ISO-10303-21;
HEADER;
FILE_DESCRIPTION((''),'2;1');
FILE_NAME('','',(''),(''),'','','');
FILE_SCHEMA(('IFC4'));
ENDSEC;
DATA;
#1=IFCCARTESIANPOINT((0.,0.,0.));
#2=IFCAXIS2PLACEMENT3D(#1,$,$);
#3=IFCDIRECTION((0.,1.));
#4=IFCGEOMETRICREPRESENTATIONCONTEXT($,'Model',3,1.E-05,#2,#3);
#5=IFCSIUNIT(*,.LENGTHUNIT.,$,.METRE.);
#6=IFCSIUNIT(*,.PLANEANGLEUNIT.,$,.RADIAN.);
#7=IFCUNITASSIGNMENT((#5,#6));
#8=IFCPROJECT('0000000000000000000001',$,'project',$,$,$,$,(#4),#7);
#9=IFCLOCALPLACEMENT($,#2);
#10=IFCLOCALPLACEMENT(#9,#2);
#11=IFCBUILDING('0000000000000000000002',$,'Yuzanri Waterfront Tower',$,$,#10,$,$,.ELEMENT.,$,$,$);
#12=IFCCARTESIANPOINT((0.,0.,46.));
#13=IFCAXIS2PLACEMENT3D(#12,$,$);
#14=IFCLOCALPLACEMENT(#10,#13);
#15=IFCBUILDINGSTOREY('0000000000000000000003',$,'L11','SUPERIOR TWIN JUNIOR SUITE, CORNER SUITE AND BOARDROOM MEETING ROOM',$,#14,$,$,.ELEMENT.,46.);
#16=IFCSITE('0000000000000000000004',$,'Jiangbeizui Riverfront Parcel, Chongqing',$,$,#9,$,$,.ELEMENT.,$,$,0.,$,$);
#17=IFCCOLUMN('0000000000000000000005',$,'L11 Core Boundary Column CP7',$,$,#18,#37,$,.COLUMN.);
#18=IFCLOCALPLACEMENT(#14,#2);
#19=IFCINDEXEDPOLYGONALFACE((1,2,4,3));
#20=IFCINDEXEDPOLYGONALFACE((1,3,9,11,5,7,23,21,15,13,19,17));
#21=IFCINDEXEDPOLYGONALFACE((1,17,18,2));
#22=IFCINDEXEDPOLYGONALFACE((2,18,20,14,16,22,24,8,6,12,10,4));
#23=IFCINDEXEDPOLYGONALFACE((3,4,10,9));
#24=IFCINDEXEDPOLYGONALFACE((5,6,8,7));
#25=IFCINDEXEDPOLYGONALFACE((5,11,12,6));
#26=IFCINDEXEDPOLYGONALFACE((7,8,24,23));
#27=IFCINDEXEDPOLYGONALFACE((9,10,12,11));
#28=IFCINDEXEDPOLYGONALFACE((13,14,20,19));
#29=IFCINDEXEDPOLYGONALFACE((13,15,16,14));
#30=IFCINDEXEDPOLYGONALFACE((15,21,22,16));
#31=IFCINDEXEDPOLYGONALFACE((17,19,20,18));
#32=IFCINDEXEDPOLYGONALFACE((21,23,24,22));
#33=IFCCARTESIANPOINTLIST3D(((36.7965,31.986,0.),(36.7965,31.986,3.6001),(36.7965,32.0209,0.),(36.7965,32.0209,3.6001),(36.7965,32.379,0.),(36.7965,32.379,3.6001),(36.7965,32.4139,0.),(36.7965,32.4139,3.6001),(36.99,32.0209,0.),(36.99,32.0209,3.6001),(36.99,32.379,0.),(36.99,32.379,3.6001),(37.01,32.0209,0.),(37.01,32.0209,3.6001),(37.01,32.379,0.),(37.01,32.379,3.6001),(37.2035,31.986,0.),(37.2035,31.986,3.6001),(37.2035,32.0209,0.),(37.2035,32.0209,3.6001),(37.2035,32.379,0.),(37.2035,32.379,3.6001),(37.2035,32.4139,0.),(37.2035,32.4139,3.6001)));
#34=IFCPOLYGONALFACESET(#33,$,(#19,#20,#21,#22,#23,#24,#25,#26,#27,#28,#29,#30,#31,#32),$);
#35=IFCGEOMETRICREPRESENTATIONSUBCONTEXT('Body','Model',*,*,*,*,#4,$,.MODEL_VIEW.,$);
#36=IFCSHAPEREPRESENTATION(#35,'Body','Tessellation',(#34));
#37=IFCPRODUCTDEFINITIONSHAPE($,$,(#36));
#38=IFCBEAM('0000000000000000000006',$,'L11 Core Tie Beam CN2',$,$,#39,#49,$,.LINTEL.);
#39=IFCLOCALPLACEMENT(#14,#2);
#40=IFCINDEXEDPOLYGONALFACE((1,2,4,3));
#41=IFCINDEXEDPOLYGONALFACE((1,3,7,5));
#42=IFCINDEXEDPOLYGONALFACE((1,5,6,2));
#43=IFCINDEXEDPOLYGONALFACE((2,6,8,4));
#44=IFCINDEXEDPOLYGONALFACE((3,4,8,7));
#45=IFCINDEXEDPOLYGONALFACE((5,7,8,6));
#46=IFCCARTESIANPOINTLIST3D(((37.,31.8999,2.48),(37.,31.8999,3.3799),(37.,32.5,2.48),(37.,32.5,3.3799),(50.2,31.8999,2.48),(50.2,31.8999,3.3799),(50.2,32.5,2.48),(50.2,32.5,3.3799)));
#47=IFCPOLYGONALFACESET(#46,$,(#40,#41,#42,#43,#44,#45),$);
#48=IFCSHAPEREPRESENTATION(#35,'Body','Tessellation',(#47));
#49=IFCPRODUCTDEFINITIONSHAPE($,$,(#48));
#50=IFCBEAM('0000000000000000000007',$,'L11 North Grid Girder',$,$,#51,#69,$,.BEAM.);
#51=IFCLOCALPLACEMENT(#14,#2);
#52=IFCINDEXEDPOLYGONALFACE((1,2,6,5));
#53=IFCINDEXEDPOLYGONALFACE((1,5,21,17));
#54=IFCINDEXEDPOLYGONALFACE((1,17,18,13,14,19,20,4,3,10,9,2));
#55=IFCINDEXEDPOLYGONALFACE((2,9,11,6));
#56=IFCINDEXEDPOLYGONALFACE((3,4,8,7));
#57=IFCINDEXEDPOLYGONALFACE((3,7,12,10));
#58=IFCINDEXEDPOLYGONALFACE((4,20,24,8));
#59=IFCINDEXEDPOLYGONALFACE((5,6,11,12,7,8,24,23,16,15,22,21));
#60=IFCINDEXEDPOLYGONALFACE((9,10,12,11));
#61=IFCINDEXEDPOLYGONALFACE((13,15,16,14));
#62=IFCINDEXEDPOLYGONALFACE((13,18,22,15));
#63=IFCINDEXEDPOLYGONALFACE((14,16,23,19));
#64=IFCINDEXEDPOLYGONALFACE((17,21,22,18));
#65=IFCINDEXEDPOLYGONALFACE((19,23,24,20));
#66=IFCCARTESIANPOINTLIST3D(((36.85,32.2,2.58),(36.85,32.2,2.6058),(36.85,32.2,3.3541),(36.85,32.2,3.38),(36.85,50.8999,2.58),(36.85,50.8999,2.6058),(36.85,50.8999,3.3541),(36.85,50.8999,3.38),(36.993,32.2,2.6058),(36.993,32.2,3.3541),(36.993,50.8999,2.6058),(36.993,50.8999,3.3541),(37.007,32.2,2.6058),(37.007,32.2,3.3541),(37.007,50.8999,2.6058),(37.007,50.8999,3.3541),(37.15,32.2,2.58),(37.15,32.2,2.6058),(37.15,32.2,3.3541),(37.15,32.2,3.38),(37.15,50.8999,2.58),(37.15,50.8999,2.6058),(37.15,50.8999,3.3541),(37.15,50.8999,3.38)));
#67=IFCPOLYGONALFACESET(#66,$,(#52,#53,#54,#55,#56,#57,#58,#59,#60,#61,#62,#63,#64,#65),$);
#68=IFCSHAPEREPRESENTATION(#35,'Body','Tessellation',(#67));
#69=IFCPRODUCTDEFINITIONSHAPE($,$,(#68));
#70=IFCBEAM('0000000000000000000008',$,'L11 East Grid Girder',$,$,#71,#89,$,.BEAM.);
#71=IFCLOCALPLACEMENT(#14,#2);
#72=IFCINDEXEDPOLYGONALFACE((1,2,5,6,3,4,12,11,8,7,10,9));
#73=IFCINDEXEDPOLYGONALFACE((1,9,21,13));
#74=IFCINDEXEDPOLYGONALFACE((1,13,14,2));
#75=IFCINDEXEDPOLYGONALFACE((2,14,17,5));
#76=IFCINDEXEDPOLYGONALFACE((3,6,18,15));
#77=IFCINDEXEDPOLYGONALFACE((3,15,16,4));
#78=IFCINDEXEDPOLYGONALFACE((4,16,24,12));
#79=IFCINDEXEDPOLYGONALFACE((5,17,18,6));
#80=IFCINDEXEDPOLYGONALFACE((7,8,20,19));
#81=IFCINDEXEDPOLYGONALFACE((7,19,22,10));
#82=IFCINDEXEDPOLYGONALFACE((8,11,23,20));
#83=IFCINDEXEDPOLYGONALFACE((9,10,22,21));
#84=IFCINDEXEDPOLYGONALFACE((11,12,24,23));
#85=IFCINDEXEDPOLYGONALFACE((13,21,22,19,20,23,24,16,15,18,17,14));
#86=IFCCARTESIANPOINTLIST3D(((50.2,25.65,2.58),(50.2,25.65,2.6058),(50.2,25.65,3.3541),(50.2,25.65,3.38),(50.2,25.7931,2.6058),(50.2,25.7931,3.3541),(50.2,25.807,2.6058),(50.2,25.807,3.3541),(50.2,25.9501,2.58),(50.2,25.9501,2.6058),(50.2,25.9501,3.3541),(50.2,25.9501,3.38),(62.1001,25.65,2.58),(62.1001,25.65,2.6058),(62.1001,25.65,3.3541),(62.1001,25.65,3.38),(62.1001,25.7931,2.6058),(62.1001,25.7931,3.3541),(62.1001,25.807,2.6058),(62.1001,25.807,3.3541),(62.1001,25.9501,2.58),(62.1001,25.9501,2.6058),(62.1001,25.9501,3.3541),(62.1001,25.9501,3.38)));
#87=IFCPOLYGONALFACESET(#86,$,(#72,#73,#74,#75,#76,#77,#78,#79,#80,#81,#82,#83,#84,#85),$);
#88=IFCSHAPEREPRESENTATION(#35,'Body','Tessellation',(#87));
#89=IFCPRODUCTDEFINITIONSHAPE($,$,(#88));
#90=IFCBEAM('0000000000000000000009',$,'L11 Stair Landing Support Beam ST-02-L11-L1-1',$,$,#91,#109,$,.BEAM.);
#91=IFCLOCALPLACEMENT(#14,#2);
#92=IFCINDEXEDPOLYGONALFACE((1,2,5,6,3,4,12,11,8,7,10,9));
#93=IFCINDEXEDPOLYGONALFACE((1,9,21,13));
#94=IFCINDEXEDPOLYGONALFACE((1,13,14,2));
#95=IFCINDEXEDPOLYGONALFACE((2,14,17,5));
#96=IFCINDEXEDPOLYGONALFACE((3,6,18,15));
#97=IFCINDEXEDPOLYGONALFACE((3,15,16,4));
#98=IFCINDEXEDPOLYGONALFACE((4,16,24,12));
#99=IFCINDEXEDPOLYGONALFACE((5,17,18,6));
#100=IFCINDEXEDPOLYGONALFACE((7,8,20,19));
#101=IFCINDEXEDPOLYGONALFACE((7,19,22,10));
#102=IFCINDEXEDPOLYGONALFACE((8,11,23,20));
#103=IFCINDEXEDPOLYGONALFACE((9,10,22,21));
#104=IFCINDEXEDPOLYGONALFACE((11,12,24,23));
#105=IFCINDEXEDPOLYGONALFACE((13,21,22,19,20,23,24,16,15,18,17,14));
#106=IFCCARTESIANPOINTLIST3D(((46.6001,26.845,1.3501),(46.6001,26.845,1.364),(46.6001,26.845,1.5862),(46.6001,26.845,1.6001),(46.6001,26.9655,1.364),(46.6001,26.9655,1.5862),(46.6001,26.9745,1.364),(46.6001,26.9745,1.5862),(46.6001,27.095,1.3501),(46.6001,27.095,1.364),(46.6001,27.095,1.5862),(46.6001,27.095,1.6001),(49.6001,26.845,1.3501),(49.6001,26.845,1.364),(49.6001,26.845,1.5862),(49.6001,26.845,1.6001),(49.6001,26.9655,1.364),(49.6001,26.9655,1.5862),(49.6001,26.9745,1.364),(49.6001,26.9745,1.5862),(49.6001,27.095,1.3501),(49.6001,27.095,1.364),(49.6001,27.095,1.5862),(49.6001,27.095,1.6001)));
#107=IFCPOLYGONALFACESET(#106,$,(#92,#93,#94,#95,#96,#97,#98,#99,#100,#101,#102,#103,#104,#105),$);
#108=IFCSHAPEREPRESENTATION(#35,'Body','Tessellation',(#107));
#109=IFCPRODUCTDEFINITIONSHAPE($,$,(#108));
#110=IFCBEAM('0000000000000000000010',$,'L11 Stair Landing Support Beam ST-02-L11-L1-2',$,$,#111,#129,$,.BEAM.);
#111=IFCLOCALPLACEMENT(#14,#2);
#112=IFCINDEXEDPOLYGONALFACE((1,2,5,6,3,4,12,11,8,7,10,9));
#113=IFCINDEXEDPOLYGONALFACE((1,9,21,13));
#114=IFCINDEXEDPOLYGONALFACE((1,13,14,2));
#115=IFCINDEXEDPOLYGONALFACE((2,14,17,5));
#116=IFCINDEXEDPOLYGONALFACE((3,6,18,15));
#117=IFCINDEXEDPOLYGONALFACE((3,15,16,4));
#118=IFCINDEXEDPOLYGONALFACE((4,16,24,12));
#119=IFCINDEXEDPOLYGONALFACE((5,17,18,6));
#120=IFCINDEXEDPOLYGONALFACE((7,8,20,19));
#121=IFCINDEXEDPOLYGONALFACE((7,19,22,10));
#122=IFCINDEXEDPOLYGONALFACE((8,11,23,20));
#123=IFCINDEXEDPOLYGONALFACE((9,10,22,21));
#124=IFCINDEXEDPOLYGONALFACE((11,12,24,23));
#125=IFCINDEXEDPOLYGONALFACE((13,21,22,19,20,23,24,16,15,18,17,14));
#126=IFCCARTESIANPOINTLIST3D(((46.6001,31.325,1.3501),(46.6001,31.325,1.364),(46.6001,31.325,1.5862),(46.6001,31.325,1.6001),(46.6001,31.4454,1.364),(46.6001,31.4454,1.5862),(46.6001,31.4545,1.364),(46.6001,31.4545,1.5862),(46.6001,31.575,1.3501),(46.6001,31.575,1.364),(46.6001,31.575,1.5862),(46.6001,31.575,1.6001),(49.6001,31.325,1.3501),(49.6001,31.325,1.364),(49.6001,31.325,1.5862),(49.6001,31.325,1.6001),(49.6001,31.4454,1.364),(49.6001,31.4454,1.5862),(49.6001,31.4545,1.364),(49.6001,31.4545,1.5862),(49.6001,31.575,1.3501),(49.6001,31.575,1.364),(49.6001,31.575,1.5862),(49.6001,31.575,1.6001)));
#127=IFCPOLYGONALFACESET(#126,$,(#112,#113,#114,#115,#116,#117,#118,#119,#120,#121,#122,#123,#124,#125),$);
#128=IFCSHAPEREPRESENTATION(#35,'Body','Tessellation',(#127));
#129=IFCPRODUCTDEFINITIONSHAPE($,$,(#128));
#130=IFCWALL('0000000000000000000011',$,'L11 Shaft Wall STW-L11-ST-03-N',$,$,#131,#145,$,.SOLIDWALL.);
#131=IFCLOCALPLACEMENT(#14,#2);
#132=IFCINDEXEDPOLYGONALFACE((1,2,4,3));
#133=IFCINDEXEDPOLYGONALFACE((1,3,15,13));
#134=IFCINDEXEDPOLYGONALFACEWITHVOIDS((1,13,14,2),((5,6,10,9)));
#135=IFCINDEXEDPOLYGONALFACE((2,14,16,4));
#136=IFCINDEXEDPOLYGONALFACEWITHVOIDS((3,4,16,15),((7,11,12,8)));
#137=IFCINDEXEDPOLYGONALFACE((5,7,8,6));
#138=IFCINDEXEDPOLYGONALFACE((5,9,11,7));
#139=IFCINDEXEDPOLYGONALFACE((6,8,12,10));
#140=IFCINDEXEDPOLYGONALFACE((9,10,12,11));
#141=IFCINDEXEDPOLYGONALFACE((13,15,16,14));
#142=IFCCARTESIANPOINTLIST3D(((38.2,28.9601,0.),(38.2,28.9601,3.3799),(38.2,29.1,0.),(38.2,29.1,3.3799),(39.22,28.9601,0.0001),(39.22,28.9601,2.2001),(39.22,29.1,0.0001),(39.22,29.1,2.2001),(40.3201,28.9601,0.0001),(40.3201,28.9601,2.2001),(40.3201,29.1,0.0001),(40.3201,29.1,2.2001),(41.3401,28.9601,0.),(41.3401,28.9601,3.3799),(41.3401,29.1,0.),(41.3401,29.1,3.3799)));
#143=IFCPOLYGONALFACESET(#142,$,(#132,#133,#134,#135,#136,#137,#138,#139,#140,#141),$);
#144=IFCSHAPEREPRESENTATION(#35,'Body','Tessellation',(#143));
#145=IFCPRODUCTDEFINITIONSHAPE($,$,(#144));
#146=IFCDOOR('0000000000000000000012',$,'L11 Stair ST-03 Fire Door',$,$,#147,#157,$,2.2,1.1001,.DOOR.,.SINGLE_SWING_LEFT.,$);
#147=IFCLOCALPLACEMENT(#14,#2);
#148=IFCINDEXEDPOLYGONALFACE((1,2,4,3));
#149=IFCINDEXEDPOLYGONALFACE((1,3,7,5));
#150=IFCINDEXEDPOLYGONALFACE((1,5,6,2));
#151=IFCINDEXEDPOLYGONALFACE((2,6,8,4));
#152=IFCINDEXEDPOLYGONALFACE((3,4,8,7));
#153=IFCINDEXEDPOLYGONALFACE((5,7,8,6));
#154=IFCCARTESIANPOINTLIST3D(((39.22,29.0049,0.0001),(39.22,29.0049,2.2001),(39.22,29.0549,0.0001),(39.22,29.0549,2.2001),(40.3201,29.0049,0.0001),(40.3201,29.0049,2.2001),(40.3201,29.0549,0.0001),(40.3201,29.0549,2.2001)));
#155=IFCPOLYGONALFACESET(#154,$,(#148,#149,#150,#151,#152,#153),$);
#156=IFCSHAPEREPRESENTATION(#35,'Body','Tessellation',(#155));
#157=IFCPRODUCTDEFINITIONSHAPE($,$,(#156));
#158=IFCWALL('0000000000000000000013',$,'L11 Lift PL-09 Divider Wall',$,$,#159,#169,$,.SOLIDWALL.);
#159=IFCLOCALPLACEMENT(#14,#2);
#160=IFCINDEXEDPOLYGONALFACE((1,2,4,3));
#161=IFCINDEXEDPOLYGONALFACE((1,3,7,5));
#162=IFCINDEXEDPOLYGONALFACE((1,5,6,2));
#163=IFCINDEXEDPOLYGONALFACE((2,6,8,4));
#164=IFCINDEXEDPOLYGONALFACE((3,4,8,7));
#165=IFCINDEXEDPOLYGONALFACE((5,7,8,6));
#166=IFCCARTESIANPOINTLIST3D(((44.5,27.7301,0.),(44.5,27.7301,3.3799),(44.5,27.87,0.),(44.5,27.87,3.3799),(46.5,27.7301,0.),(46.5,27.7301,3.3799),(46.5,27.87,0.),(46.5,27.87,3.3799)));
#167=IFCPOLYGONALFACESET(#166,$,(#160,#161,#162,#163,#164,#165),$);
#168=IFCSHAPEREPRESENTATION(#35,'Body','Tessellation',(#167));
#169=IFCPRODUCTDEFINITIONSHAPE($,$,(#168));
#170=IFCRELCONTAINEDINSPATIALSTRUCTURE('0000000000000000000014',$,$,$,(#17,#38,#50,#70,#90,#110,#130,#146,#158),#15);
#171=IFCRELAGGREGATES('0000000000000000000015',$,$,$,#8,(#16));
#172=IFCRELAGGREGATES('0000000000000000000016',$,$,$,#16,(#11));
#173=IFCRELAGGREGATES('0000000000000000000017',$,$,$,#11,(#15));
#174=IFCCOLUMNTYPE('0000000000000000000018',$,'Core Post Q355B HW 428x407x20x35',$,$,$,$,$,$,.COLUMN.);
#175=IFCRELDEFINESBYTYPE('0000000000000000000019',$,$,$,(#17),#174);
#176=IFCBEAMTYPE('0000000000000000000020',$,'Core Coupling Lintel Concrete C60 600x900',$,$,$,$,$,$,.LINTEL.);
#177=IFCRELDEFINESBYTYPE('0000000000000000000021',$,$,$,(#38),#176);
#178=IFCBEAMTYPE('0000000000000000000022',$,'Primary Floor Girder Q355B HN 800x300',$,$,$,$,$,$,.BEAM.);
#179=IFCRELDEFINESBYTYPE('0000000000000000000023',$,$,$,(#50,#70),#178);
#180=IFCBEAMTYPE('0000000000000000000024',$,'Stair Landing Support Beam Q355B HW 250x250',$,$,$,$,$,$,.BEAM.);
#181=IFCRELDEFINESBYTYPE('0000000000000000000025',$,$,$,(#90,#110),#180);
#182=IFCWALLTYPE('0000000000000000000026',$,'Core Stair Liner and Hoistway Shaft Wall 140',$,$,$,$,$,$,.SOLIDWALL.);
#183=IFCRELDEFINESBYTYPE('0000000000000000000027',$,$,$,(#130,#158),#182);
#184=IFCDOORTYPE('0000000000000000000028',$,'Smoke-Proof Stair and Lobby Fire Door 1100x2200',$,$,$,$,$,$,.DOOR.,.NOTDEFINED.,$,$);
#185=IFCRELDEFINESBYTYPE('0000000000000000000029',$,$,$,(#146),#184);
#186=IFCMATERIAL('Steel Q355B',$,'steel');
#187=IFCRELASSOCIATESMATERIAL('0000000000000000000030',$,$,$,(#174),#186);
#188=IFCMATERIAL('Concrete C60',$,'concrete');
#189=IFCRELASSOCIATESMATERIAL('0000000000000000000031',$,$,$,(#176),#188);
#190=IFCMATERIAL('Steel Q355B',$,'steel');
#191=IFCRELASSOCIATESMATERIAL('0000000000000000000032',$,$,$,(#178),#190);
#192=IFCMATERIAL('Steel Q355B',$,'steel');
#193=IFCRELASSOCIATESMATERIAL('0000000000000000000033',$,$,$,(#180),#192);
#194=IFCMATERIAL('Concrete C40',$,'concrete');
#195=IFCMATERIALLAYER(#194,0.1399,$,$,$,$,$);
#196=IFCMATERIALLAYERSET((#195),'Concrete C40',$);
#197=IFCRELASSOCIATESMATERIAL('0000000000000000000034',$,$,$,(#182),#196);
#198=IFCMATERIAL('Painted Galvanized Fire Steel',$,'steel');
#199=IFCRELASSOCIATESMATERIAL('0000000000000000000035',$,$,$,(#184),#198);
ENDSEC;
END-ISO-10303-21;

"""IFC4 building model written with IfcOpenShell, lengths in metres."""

from ifc_helpers import new_model, si_unit, direction, frame, frame_2d, origin, origin_2d, place, context, subcontext, project, spatial, rectangle, i_section, extrude, source, transform, mapped, material, layer, layer_set, material_profile, profile_set, type_object, element, fill, save


model = new_model("IFC4")

# Units and contexts
model_context = context("Model", 3, precision=1e-05, world=origin(), true_north=direction((0.0, 1.0)))
body_context = subcontext(model_context, "Body", "Model", "MODEL_VIEW")
ifc_project = project(units=[si_unit("LENGTHUNIT", "METRE"), si_unit("PLANEANGLEUNIT", "RADIAN")], contexts=[model_context])

# Site, building, storey
site_placement = place(None, origin())
site = spatial("IfcSite", under=ifc_project, at=site_placement, Name="Jiangbeizui Riverfront Parcel, Chongqing", CompositionType="ELEMENT", RefElevation=0.0)
building_placement = place(site_placement, origin())
building = spatial("IfcBuilding", under=site, at=building_placement, Name="Yuzanri Waterfront Tower", CompositionType="ELEMENT")
storey_placement = place(building_placement, frame((0.0, 0.0, 46.0)))
storey = spatial("IfcBuildingStorey", under=building, at=storey_placement, Name="L11", Description="SUPERIOR TWIN JUNIOR SUITE, CORNER SUITE AND BOARDROOM MEETING ROOM", CompositionType="ELEMENT", Elevation=46.0)

# Column
ifc_material_1 = material(Name="Steel Q355B", Category="steel")
ifc_material_profile_1 = material_profile(ifc_material_1, i_section(OverallWidth=0.407, OverallDepth=0.428, WebThickness=0.02, FlangeThickness=0.0349, at=origin_2d()), Name="HW 428x407x20x35")
ifc_profile_set_1 = profile_set([ifc_material_profile_1], Name="Steel Q355B")
column_type = type_object("IfcColumnType", Name="Core Post Q355B HW 428x407x20x35", PredefinedType="COLUMN", material=ifc_profile_set_1)
shared_shape_1 = source(origin(), body_context, "Body", "SweptSolid", [
    extrude(i_section(OverallWidth=0.407, OverallDepth=0.428, WebThickness=0.02, FlangeThickness=0.0349, at=origin_2d()), origin(), (0.0, 0.0, 1.0), 3.6001),
])
column_placement = place(storey_placement, frame((37.0, 32.2, 0.0), z_axis=(0.0, 0.0, 1.0), x_axis=(1.0, 0.0, 0.0)))
element("IfcColumn", 1, at=column_placement, inside=storey, type_object=column_type, Name="L11 Core Boundary Column CP7", PredefinedType="COLUMN", context=body_context, shape_type="MappedRepresentation", body=[
    mapped(shared_shape_1, transform((0.0, 0.0, 0.0), scale=1.0)),
])

# Beams
ifc_material_2 = material(Name="Concrete C60", Category="concrete")
ifc_material_profile_2 = material_profile(ifc_material_2, rectangle(XDim=0.6001, YDim=0.8999, at=origin_2d()), Name="RC 600x900")
ifc_profile_set_2 = profile_set([ifc_material_profile_2], Name="Concrete C60")
beam_type_1 = type_object("IfcBeamType", Name="Core Coupling Lintel Concrete C60 600x900", PredefinedType="LINTEL", material=ifc_profile_set_2)
shared_shape_2 = source(origin(), body_context, "Body", "SweptSolid", [
    extrude(rectangle(XDim=0.6001, YDim=0.8999, at=origin_2d()), origin(), (0.0, 0.0, 1.0), 13.2),
])
beam_1_placement = place(storey_placement, frame((37.0, 32.2, 2.9299), z_axis=(1.0, 0.0, 0.0), x_axis=(0.0, 1.0, 0.0)))
element("IfcBeam", 2, at=beam_1_placement, inside=storey, type_object=beam_type_1, Name="L11 Core Tie Beam CN2", PredefinedType="LINTEL", context=body_context, shape_type="MappedRepresentation", body=[
    mapped(shared_shape_2, transform((0.0, 0.0, 0.0), scale=1.0)),
])
ifc_material_3 = material(Name="Steel Q355B", Category="steel")
ifc_material_profile_3 = material_profile(ifc_material_3, i_section(OverallWidth=0.3, OverallDepth=0.8, WebThickness=0.0139, FlangeThickness=0.0259, at=origin_2d()), Name="HN 800x300x14x26")
ifc_profile_set_3 = profile_set([ifc_material_profile_3], Name="Steel Q355B")
beam_type_2 = type_object("IfcBeamType", Name="Primary Floor Girder Q355B HN 800x300", PredefinedType="BEAM", material=ifc_profile_set_3)
shared_shape_3 = source(origin(), body_context, "Body", "SweptSolid", [
    extrude(i_section(OverallWidth=0.3, OverallDepth=0.8, WebThickness=0.0139, FlangeThickness=0.0259, at=origin_2d()), origin(), (0.0, 0.0, 1.0), 18.7),
])
beam_2_placement = place(storey_placement, frame((37.0, 32.2, 2.98), z_axis=(0.0, 1.0, 0.0), x_axis=(-1.0, 0.0, 0.0)))
element("IfcBeam", 3, at=beam_2_placement, inside=storey, type_object=beam_type_2, Name="L11 North Grid Girder", PredefinedType="BEAM", context=body_context, shape_type="MappedRepresentation", body=[
    mapped(shared_shape_3, transform((0.0, 0.0, 0.0), scale=1.0)),
])
shared_shape_4 = source(origin(), body_context, "Body", "SweptSolid", [
    extrude(i_section(OverallWidth=0.3, OverallDepth=0.8, WebThickness=0.0139, FlangeThickness=0.0259, at=origin_2d()), origin(), (0.0, 0.0, 1.0), 11.9001),
])
beam_3_placement = place(storey_placement, frame((50.2, 25.8, 2.98), z_axis=(1.0, 0.0, 0.0), x_axis=(0.0, 1.0, 0.0)))
element("IfcBeam", 4, at=beam_3_placement, inside=storey, type_object=beam_type_2, Name="L11 East Grid Girder", PredefinedType="BEAM", context=body_context, shape_type="MappedRepresentation", body=[
    mapped(shared_shape_4, transform((0.0, 0.0, 0.0), scale=1.0)),
])
ifc_material_4 = material(Name="Steel Q355B", Category="steel")
ifc_material_profile_4 = material_profile(ifc_material_4, i_section(OverallWidth=0.25, OverallDepth=0.25, WebThickness=0.009, FlangeThickness=0.0139, at=origin_2d()), Name="HW 250x250x9x14")
ifc_profile_set_4 = profile_set([ifc_material_profile_4], Name="Steel Q355B")
beam_type_3 = type_object("IfcBeamType", Name="Stair Landing Support Beam Q355B HW 250x250", PredefinedType="BEAM", material=ifc_profile_set_4)
shared_shape_5 = source(origin(), body_context, "Body", "SweptSolid", [
    extrude(i_section(OverallWidth=0.25, OverallDepth=0.25, WebThickness=0.009, FlangeThickness=0.0139, at=origin_2d()), origin(), (0.0, 0.0, 1.0), 3.0),
])
for number, where, z_axis, x_axis, name in (
    (5, (46.6001, 26.97, 1.4751), (1.0, 0.0, 0.0), (0.0, 1.0, 0.0), "L11 Stair Landing Support Beam ST-02-L11-L1-1"),
    (6, (46.6001, 31.45, 1.4751), (1.0, 0.0, 0.0), (0.0, 1.0, 0.0), "L11 Stair Landing Support Beam ST-02-L11-L1-2"),
):
    element("IfcBeam", number, at=place(storey_placement, frame(where, z_axis=z_axis, x_axis=x_axis)), inside=storey, type_object=beam_type_3, Name=name, PredefinedType="BEAM", context=body_context, shape_type="MappedRepresentation", body=[
        mapped(shared_shape_5, transform((0.0, 0.0, 0.0), scale=1.0)),
    ])

# Wall, opening, door
ifc_material_5 = material(Name="Concrete C40", Category="concrete")
ifc_layer_1 = layer(ifc_material_5, 0.1399)
ifc_layer_set_1 = layer_set([ifc_layer_1], Name="Concrete C40")
wall_type_1 = type_object("IfcWallType", Name="Core Stair Liner and Hoistway Shaft Wall 140", PredefinedType="SOLIDWALL", material=ifc_layer_set_1)
wall_1_placement = place(storey_placement, frame((38.2, 29.03, 0.0), z_axis=(0.0, 0.0, 1.0), x_axis=(1.0, 0.0, 0.0)))
wall_1 = element("IfcWall", 7, at=wall_1_placement, inside=storey, type_object=wall_type_1, Name="L11 Shaft Wall STW-L11-ST-03-N", PredefinedType="SOLIDWALL", context=body_context, shape_type="SweptSolid", body=[
    extrude(rectangle(XDim=3.1401, YDim=0.1399, at=frame_2d((1.5701, 0.0))), origin(), (0.0, 0.0, 1.0), 3.3799),
])
opening_placement = place(wall_1_placement, frame((1.02, 0.0, 0.0)))
opening = element("IfcOpeningElement", 8, at=opening_placement, cuts=wall_1, PredefinedType="OPENING", context=body_context, shape_type="SweptSolid", body=[
    extrude(rectangle(XDim=1.1001, YDim=2.2, at=frame_2d((0.55, 1.1001))), frame((0.0, 0.085, 0.0), z_axis=(0.0, -1.0, 0.0), x_axis=(1.0, 0.0, 0.0)), (0.0, 0.0, 1.0), 0.1697),
])
ifc_material_6 = material(Name="Painted Galvanized Fire Steel", Category="steel")
door_type = type_object("IfcDoorType", Name="Smoke-Proof Stair and Lobby Fire Door 1100x2200", OperationType="NOTDEFINED", PredefinedType="DOOR", material=ifc_material_6)
shared_shape_6 = source(origin(), body_context, "Body", "SweptSolid", [
    extrude(rectangle(XDim=1.1001, YDim=2.2, at=frame_2d((0.55, 1.1001))), frame((0.0, 0.0249, 0.0), z_axis=(0.0, -1.0, 0.0), x_axis=(1.0, 0.0, 0.0)), (0.0, 0.0, 1.0), 0.05),
])
door_placement = place(opening_placement, origin())
door = element("IfcDoor", 9, at=door_placement, inside=storey, type_object=door_type, Name="L11 Stair ST-03 Fire Door", OperationType="SINGLE_SWING_LEFT", OverallHeight=2.2, OverallWidth=1.1001, PredefinedType="DOOR", context=body_context, shape_type="MappedRepresentation", body=[
    mapped(shared_shape_6, transform((0.0, 0.0, 0.0), scale=1.0)),
])
fill(opening, door)

# Wall
shared_shape_7 = source(origin(), body_context, "Body", "SweptSolid", [
    extrude(rectangle(XDim=2.0, YDim=0.1399, at=frame_2d((1.0, 0.0))), origin(), (0.0, 0.0, 1.0), 3.3799),
])
for number, where, z_axis, x_axis, name in (
    (10, (44.5, 27.8, 0.0), (0.0, 0.0, 1.0), (1.0, 0.0, 0.0), "L11 Lift PL-09 Divider Wall"),
):
    element("IfcWall", number, at=place(storey_placement, frame(where, z_axis=z_axis, x_axis=x_axis)), inside=storey, type_object=wall_type_1, Name=name, PredefinedType="SOLIDWALL", context=body_context, shape_type="MappedRepresentation", body=[
        mapped(shared_shape_7, transform((0.0, 0.0, 0.0), scale=1.0)),
    ])

save(model, "model.ifc")
